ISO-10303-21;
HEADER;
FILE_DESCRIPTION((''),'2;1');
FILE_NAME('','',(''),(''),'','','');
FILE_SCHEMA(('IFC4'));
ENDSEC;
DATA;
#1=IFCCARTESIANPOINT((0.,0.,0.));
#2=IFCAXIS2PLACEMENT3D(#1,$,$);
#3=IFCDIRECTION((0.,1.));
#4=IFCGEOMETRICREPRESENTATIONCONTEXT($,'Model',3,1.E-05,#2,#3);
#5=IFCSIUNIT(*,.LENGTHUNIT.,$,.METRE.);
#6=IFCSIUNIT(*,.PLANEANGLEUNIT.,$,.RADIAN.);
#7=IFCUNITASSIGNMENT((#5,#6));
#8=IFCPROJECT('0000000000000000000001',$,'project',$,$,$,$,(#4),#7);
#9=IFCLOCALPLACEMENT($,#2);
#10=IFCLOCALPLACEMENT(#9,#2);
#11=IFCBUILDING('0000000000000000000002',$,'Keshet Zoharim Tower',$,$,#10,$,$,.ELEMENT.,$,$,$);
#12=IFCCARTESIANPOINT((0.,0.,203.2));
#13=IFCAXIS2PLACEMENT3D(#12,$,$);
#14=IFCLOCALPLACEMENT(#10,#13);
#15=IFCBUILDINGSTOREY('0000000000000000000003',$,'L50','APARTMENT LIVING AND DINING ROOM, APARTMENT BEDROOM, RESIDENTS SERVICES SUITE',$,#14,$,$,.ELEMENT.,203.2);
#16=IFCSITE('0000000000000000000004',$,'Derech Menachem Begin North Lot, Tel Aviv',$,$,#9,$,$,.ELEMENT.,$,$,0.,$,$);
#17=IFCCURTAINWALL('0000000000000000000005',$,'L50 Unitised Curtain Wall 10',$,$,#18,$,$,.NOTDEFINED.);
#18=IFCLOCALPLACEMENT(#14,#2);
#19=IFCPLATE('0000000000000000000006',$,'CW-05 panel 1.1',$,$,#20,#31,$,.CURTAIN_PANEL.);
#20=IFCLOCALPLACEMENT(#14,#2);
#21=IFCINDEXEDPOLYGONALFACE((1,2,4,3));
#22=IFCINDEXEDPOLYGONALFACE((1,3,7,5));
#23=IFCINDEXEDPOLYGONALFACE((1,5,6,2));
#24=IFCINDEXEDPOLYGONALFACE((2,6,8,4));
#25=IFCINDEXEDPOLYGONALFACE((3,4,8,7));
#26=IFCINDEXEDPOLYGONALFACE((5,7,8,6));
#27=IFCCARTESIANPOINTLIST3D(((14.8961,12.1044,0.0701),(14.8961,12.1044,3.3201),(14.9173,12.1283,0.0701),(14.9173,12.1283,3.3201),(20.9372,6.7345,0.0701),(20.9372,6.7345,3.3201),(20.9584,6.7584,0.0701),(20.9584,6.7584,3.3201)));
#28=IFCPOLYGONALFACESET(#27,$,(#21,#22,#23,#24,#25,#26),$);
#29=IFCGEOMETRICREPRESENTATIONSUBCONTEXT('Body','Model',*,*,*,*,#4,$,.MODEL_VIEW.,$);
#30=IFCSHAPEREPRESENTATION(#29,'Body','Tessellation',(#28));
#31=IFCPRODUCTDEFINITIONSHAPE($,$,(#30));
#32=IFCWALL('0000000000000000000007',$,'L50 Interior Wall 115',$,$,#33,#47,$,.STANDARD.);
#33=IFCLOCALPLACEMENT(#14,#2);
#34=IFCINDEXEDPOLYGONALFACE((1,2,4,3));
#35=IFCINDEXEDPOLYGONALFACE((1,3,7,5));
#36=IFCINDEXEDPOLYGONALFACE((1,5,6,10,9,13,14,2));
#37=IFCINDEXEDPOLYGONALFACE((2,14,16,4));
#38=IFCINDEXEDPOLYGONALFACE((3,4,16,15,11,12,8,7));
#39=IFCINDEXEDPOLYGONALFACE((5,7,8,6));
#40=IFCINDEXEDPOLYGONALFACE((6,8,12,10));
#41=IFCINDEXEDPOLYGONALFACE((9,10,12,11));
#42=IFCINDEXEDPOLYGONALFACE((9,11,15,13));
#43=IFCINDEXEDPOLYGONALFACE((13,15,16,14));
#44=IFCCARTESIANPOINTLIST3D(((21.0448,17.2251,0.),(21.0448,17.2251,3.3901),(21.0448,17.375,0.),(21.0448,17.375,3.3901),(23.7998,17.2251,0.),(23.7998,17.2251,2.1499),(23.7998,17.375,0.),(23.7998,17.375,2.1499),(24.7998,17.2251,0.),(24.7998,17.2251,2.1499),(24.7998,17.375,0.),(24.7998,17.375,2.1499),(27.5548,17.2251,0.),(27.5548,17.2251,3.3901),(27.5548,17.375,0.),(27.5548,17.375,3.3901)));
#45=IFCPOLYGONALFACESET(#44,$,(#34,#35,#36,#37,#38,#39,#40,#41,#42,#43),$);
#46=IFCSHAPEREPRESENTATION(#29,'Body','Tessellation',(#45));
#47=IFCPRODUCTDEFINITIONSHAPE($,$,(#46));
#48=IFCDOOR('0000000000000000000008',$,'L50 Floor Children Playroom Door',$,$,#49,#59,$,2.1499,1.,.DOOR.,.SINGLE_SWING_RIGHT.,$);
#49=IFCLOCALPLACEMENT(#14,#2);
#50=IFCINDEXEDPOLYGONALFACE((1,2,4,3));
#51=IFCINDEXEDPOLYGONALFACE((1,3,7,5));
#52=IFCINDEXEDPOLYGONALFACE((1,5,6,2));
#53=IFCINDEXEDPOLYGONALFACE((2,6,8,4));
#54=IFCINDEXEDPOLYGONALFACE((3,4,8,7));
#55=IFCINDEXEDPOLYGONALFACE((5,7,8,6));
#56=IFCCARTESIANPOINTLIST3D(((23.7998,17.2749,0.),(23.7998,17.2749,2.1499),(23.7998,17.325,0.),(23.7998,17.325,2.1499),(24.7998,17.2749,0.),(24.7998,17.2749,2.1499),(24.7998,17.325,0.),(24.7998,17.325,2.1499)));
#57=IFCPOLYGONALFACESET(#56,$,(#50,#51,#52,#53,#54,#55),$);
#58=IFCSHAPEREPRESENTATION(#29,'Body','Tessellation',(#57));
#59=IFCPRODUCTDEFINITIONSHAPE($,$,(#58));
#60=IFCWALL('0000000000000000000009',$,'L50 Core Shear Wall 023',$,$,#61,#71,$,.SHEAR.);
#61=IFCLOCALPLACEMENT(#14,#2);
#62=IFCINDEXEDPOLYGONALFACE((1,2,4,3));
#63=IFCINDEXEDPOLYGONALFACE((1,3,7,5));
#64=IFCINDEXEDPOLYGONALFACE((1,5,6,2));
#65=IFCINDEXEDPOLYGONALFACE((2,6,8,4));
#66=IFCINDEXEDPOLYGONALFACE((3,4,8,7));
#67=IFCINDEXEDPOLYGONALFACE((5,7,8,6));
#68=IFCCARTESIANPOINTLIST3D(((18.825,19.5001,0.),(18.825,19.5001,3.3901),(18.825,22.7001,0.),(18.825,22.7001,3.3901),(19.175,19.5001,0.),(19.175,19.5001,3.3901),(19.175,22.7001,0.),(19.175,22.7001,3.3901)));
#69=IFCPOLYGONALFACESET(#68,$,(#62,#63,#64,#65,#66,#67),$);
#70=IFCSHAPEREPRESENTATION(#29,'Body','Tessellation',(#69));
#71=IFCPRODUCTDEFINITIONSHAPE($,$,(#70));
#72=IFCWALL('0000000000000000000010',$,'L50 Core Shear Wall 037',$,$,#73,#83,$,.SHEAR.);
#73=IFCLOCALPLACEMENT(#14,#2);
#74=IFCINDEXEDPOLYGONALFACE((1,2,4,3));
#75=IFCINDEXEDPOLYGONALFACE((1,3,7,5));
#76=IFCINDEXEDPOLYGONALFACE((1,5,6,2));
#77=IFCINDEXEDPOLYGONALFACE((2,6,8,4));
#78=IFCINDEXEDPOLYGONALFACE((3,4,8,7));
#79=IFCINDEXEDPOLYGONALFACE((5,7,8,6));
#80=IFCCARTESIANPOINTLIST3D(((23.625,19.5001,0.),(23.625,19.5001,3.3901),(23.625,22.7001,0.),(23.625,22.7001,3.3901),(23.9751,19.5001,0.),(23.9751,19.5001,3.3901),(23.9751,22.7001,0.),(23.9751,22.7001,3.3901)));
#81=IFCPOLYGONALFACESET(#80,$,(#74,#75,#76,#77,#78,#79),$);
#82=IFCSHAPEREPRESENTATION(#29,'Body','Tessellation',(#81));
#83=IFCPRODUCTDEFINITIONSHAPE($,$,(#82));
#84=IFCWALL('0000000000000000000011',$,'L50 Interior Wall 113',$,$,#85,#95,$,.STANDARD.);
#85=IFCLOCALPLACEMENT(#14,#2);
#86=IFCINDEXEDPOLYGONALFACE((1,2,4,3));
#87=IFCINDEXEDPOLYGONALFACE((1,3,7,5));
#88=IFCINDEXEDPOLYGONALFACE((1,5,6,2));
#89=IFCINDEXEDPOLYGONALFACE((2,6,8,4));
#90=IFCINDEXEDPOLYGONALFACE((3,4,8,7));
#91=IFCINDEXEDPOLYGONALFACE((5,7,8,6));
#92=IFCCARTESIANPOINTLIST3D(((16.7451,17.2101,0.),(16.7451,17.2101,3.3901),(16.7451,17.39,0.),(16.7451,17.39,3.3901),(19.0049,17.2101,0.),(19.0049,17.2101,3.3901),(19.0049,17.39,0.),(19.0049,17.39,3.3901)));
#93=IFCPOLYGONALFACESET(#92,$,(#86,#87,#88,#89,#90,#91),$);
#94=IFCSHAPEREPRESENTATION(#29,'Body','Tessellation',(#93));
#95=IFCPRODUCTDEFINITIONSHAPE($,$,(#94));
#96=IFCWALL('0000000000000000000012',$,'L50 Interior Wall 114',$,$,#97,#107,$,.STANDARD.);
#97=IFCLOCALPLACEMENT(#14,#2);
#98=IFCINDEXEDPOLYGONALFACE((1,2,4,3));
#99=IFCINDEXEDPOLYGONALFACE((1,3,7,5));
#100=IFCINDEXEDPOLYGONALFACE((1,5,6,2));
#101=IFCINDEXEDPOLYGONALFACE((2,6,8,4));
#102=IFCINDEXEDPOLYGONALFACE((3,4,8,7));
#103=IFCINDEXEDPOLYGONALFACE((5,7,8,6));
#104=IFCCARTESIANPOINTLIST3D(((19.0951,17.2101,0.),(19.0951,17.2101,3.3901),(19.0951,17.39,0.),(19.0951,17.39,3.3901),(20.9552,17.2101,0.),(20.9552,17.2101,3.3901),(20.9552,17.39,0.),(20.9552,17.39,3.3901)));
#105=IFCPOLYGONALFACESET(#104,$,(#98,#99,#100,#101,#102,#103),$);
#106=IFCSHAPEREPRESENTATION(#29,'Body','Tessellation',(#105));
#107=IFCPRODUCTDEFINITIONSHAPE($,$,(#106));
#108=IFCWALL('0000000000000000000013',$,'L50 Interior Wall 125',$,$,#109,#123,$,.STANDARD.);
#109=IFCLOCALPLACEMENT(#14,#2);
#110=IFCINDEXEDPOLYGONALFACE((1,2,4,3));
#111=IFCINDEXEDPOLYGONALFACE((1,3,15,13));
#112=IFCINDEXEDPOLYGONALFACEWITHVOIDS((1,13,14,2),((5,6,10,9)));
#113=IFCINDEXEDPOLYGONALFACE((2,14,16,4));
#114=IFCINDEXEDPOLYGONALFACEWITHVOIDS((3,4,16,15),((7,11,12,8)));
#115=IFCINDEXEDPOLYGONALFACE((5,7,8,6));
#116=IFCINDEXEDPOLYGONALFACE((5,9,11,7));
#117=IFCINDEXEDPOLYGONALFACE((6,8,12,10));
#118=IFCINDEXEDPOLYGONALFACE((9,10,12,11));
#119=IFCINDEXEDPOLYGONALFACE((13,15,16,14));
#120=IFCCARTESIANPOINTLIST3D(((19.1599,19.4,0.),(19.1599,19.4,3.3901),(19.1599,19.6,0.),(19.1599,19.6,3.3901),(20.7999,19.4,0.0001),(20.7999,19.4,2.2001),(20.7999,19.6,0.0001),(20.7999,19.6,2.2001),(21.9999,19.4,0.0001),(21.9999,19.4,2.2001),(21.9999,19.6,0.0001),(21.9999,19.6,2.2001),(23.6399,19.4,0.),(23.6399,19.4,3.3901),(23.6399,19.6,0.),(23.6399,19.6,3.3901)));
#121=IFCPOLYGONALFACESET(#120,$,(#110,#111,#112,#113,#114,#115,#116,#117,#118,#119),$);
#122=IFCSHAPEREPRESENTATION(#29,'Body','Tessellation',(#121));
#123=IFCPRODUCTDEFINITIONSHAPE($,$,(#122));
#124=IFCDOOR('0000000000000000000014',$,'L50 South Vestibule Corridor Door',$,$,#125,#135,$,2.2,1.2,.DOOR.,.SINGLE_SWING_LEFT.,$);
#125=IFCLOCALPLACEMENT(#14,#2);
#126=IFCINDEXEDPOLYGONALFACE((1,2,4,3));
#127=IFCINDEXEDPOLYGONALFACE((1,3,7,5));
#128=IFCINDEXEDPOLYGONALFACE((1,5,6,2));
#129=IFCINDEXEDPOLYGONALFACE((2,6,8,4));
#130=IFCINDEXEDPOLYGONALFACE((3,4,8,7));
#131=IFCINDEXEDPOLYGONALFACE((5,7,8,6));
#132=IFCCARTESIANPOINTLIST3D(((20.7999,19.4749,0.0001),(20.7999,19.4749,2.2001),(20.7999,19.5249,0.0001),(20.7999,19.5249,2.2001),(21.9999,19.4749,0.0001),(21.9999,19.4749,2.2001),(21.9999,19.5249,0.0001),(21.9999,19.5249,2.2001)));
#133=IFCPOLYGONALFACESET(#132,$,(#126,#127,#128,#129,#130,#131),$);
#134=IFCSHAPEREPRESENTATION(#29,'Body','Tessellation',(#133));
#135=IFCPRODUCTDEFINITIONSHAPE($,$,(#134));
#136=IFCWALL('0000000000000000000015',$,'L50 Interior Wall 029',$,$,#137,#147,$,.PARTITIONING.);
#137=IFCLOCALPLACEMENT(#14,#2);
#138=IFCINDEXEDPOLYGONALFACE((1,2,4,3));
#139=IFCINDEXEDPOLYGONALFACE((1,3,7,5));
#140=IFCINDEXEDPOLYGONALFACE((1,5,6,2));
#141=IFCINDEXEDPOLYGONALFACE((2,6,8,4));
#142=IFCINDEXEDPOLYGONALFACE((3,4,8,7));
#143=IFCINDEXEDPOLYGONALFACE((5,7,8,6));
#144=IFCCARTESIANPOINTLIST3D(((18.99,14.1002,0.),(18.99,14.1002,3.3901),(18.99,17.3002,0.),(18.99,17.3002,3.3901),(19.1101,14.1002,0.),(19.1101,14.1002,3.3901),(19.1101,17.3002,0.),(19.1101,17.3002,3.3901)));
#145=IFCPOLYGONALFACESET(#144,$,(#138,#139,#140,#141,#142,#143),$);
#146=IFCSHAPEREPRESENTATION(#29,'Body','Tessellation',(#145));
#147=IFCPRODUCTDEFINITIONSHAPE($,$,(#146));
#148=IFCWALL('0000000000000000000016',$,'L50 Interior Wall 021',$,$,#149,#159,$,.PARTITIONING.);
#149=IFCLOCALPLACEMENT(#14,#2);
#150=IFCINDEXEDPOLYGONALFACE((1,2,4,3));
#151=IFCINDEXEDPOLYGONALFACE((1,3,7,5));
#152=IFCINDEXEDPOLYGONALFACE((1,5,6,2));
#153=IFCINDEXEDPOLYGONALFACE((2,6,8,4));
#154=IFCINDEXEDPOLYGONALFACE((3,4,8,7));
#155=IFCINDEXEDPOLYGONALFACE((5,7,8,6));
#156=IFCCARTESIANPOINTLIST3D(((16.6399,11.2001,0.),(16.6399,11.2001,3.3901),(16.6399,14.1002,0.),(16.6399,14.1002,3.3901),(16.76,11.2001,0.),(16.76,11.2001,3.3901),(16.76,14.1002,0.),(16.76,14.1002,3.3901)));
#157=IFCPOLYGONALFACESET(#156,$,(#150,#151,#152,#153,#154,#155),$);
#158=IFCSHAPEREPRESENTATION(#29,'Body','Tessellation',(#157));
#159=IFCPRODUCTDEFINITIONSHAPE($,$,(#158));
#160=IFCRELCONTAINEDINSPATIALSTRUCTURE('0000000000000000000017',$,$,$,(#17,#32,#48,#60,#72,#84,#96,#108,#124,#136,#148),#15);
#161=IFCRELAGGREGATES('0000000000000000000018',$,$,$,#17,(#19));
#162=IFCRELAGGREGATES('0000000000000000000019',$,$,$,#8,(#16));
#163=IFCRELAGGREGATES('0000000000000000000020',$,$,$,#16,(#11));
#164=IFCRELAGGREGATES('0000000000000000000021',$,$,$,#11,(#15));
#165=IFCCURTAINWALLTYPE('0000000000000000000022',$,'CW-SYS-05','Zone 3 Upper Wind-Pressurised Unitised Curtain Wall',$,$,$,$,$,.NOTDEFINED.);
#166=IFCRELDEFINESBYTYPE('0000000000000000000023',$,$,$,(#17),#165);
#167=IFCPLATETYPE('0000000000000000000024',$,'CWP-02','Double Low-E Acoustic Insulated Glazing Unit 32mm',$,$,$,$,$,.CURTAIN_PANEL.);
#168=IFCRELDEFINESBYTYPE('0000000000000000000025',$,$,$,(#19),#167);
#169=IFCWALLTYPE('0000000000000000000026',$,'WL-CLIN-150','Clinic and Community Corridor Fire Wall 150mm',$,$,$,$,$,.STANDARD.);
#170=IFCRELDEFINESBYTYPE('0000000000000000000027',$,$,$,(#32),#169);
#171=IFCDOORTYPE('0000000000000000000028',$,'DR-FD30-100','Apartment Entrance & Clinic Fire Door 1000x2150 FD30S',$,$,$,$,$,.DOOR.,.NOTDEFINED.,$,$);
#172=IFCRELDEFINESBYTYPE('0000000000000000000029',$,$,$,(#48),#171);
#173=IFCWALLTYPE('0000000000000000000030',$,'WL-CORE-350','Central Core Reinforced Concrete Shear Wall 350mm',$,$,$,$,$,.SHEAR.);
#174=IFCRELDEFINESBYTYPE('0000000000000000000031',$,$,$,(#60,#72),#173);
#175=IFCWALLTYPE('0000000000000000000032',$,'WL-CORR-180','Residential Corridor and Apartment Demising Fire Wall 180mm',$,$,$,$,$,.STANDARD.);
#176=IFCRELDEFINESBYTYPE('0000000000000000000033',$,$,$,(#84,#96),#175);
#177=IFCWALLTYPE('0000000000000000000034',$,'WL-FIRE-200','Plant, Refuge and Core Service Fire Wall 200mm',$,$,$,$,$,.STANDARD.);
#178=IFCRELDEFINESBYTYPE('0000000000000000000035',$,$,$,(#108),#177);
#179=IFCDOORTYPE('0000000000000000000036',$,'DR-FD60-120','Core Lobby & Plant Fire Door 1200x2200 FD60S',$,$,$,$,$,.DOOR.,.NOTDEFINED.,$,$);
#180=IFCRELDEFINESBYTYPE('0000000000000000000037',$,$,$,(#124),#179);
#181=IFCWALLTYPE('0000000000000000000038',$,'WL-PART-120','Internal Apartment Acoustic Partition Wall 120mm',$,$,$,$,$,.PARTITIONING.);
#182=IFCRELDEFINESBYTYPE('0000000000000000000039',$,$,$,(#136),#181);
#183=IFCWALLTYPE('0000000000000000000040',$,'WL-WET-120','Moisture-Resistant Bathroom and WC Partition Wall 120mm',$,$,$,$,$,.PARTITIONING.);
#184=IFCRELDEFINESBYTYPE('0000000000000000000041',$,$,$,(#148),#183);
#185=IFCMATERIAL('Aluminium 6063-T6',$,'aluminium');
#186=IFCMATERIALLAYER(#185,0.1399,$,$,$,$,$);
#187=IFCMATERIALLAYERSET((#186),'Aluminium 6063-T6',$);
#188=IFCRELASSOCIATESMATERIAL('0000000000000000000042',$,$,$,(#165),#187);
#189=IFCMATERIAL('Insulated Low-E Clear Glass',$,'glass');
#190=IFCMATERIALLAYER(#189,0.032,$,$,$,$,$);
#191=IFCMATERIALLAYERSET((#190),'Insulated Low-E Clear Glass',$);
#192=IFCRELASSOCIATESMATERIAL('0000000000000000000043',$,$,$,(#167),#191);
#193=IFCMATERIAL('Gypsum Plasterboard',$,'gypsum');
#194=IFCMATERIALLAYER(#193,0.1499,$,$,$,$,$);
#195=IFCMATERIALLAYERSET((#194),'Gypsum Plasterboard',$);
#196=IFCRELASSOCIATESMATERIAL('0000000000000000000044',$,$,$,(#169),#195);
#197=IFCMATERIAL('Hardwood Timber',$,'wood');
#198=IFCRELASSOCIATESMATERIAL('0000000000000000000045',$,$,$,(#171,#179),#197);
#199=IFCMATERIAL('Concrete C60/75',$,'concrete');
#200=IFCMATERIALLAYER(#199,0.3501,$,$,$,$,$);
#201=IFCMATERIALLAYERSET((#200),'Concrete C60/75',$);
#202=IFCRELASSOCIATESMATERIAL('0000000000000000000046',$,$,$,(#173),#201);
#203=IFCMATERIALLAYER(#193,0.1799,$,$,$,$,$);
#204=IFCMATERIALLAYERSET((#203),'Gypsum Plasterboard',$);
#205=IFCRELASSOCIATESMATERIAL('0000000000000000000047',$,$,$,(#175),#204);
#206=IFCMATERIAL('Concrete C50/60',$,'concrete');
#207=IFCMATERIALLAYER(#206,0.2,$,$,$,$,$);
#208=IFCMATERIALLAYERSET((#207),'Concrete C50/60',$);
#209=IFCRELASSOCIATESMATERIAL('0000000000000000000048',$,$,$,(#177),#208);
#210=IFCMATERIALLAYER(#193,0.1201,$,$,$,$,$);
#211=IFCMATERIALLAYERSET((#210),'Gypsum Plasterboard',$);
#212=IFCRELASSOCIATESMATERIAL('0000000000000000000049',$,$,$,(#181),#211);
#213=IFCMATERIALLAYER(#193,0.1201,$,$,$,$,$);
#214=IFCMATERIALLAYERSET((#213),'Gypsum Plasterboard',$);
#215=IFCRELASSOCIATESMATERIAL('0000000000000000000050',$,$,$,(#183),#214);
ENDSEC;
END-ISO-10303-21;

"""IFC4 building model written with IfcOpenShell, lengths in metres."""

from ifc_helpers import new_model, si_unit, direction, frame, frame_2d, origin, origin_2d, place, context, subcontext, project, spatial, rectangle, extrude, material, layer, layer_set, type_object, element, fill, aggregate, save


model = new_model("IFC4")

# Units and contexts
model_context = context("Model", 3, precision=1e-05, world=origin(), true_north=direction((0.0, 1.0)))
body_context = subcontext(model_context, "Body", "Model", "MODEL_VIEW")
ifc_project = project(units=[si_unit("LENGTHUNIT", "METRE"), si_unit("PLANEANGLEUNIT", "RADIAN")], contexts=[model_context])

# Site, building, storey
site_placement = place(None, origin())
site = spatial("IfcSite", under=ifc_project, at=site_placement, Name="Derech Menachem Begin North Lot, Tel Aviv", CompositionType="ELEMENT", RefElevation=0.0)
building_placement = place(site_placement, origin())
building = spatial("IfcBuilding", under=site, at=building_placement, Name="Keshet Zoharim Tower", CompositionType="ELEMENT")
storey_placement = place(building_placement, frame((0.0, 0.0, 203.2)))
storey = spatial("IfcBuildingStorey", under=building, at=storey_placement, Name="L50", Description="APARTMENT LIVING AND DINING ROOM, APARTMENT BEDROOM, RESIDENTS SERVICES SUITE", CompositionType="ELEMENT", Elevation=203.2)

# Curtain wall, plate
ifc_material_1 = material(Name="Aluminium 6063-T6", Category="aluminium")
ifc_layer_1 = layer(ifc_material_1, 0.1399)
ifc_layer_set_1 = layer_set([ifc_layer_1], Name="Aluminium 6063-T6")
curtain_wall_type = type_object("IfcCurtainWallType", Name="CW-SYS-05", Description="Zone 3 Upper Wind-Pressurised Unitised Curtain Wall", PredefinedType="NOTDEFINED", material=ifc_layer_set_1)
curtain_wall_placement = place(storey_placement, origin())
curtain_wall = element("IfcCurtainWall", 1, at=curtain_wall_placement, inside=storey, type_object=curtain_wall_type, Name="L50 Unitised Curtain Wall 10", PredefinedType="NOTDEFINED")
ifc_material_2 = material(Name="Insulated Low-E Clear Glass", Category="glass")
ifc_layer_2 = layer(ifc_material_2, 0.032)
ifc_layer_set_2 = layer_set([ifc_layer_2], Name="Insulated Low-E Clear Glass")
plate_type = type_object("IfcPlateType", Name="CWP-02", Description="Double Low-E Acoustic Insulated Glazing Unit 32mm", PredefinedType="CURTAIN_PANEL", material=ifc_layer_set_2)
plate_placement = place(storey_placement, frame((17.9272, 9.4314, 0.0701), z_axis=(0.0, 0.0, 1.0), x_axis=(-0.747406, 0.664368, 0.0)))
plate = element("IfcPlate", 2, at=plate_placement, type_object=plate_type, Name="CW-05 panel 1.1", PredefinedType="CURTAIN_PANEL", context=body_context, shape_type="SweptSolid", body=[
    extrude(rectangle(XDim=8.0828, YDim=0.032, at=origin_2d()), origin(), (0.0, 0.0, 1.0), 3.25),
])
aggregate(curtain_wall, [plate])

# Wall, opening, door
ifc_material_3 = material(Name="Gypsum Plasterboard", Category="gypsum")
ifc_layer_3 = layer(ifc_material_3, 0.1499)
ifc_layer_set_3 = layer_set([ifc_layer_3], Name="Gypsum Plasterboard")
wall_type_1 = type_object("IfcWallType", Name="WL-CLIN-150", Description="Clinic and Community Corridor Fire Wall 150mm", PredefinedType="STANDARD", material=ifc_layer_set_3)
wall_1_placement = place(storey_placement, frame((21.0449, 17.3, 0.0), z_axis=(0.0, 0.0, 1.0), x_axis=(1.0, 0.0, 0.0)))
wall_1 = element("IfcWall", 3, at=wall_1_placement, inside=storey, type_object=wall_type_1, Name="L50 Interior Wall 115", PredefinedType="STANDARD", context=body_context, shape_type="SweptSolid", body=[
    extrude(rectangle(XDim=6.51, YDim=0.1499, at=frame_2d((3.2549, 0.0))), origin(), (0.0, 0.0, 1.0), 3.3901),
])
opening_1_placement = place(wall_1_placement, frame((2.7549, 0.0, 0.0)))
opening_1 = element("IfcOpeningElement", 4, at=opening_1_placement, cuts=wall_1, PredefinedType="OPENING", context=body_context, shape_type="SweptSolid", body=[
    extrude(rectangle(XDim=1.0, YDim=2.1499, at=frame_2d((0.5, 1.075))), frame((0.0, 0.085, 0.0), z_axis=(0.0, -1.0, 0.0), x_axis=(1.0, 0.0, 0.0)), (0.0, 0.0, 1.0), 0.1699),
])
ifc_material_4 = material(Name="Hardwood Timber", Category="wood")
door_type_1 = type_object("IfcDoorType", Name="DR-FD30-100", Description="Apartment Entrance & Clinic Fire Door 1000x2150 FD30S", OperationType="NOTDEFINED", PredefinedType="DOOR", material=ifc_material_4)
door_1_placement = place(opening_1_placement, origin())
door_1 = element("IfcDoor", 5, at=door_1_placement, inside=storey, type_object=door_type_1, Name="L50 Floor Children Playroom Door", OperationType="SINGLE_SWING_RIGHT", OverallHeight=2.1499, OverallWidth=1.0, PredefinedType="DOOR", context=body_context, shape_type="SweptSolid", body=[
    extrude(rectangle(XDim=1.0, YDim=2.1499, at=frame_2d((0.5, 1.075))), frame((0.0, 0.0249, 0.0), z_axis=(0.0, -1.0, 0.0), x_axis=(1.0, 0.0, 0.0)), (0.0, 0.0, 1.0), 0.05),
])
fill(opening_1, door_1)

# Walls
ifc_material_5 = material(Name="Concrete C60/75", Category="concrete")
ifc_layer_4 = layer(ifc_material_5, 0.3501)
ifc_layer_set_4 = layer_set([ifc_layer_4], Name="Concrete C60/75")
wall_type_2 = type_object("IfcWallType", Name="WL-CORE-350", Description="Central Core Reinforced Concrete Shear Wall 350mm", PredefinedType="SHEAR", material=ifc_layer_set_4)
for number, where, z_axis, x_axis, name in (
    (6, (19.0, 19.5, 0.0), (0.0, 0.0, 1.0), (0.0, 1.0, 0.0), "L50 Core Shear Wall 023"),
    (7, (23.8, 19.5, 0.0), (0.0, 0.0, 1.0), (0.0, 1.0, 0.0), "L50 Core Shear Wall 037"),
):
    element("IfcWall", number, at=place(storey_placement, frame(where, z_axis=z_axis, x_axis=x_axis)), inside=storey, type_object=wall_type_2, Name=name, PredefinedType="SHEAR", context=body_context, shape_type="SweptSolid", body=[
        extrude(rectangle(XDim=3.2, YDim=0.3501, at=frame_2d((1.6001, 0.0))), origin(), (0.0, 0.0, 1.0), 3.3901),
    ])
ifc_layer_5 = layer(ifc_material_3, 0.1799)
ifc_layer_set_5 = layer_set([ifc_layer_5], Name="Gypsum Plasterboard")
wall_type_3 = type_object("IfcWallType", Name="WL-CORR-180", Description="Residential Corridor and Apartment Demising Fire Wall 180mm", PredefinedType="STANDARD", material=ifc_layer_set_5)
wall_2_placement = place(storey_placement, frame((16.7451, 17.3, 0.0), z_axis=(0.0, 0.0, 1.0), x_axis=(1.0, 0.0, 0.0)))
element("IfcWall", 8, at=wall_2_placement, inside=storey, type_object=wall_type_3, Name="L50 Interior Wall 113", PredefinedType="STANDARD", context=body_context, shape_type="SweptSolid", body=[
    extrude(rectangle(XDim=2.2598, YDim=0.1799, at=frame_2d((1.1299, 0.0))), origin(), (0.0, 0.0, 1.0), 3.3901),
])
wall_3_placement = place(storey_placement, frame((19.095, 17.3, 0.0), z_axis=(0.0, 0.0, 1.0), x_axis=(1.0, 0.0, 0.0)))
element("IfcWall", 9, at=wall_3_placement, inside=storey, type_object=wall_type_3, Name="L50 Interior Wall 114", PredefinedType="STANDARD", context=body_context, shape_type="SweptSolid", body=[
    extrude(rectangle(XDim=1.8601, YDim=0.1799, at=frame_2d((0.9302, 0.0))), origin(), (0.0, 0.0, 1.0), 3.3901),
])

# Wall, opening, door
ifc_material_6 = material(Name="Concrete C50/60", Category="concrete")
ifc_layer_6 = layer(ifc_material_6, 0.2)
ifc_layer_set_6 = layer_set([ifc_layer_6], Name="Concrete C50/60")
wall_type_4 = type_object("IfcWallType", Name="WL-FIRE-200", Description="Plant, Refuge and Core Service Fire Wall 200mm", PredefinedType="STANDARD", material=ifc_layer_set_6)
wall_4_placement = place(storey_placement, frame((19.1599, 19.5, 0.0), z_axis=(0.0, 0.0, 1.0), x_axis=(1.0, 0.0, 0.0)))
wall_4 = element("IfcWall", 10, at=wall_4_placement, inside=storey, type_object=wall_type_4, Name="L50 Interior Wall 125", PredefinedType="STANDARD", context=body_context, shape_type="SweptSolid", body=[
    extrude(rectangle(XDim=4.48, YDim=0.2, at=frame_2d((2.24, 0.0))), origin(), (0.0, 0.0, 1.0), 3.3901),
])
opening_2_placement = place(wall_4_placement, frame((1.6399, 0.0, 0.0)))
opening_2 = element("IfcOpeningElement", 11, at=opening_2_placement, cuts=wall_4, PredefinedType="OPENING", context=body_context, shape_type="SweptSolid", body=[
    extrude(rectangle(XDim=1.2, YDim=2.2, at=frame_2d((0.6001, 1.1001))), frame((0.0, 0.1099, 0.0), z_axis=(0.0, -1.0, 0.0), x_axis=(1.0, 0.0, 0.0)), (0.0, 0.0, 1.0), 0.22),
])
door_type_2 = type_object("IfcDoorType", Name="DR-FD60-120", Description="Core Lobby & Plant Fire Door 1200x2200 FD60S", OperationType="NOTDEFINED", PredefinedType="DOOR", material=ifc_material_4)
door_2_placement = place(opening_2_placement, origin())
door_2 = element("IfcDoor", 12, at=door_2_placement, inside=storey, type_object=door_type_2, Name="L50 South Vestibule Corridor Door", OperationType="SINGLE_SWING_LEFT", OverallHeight=2.2, OverallWidth=1.2, PredefinedType="DOOR", context=body_context, shape_type="SweptSolid", body=[
    extrude(rectangle(XDim=1.2, YDim=2.2, at=frame_2d((0.6001, 1.1001))), frame((0.0, 0.0249, 0.0), z_axis=(0.0, -1.0, 0.0), x_axis=(1.0, 0.0, 0.0)), (0.0, 0.0, 1.0), 0.05),
])
fill(opening_2, door_2)
ifc_layer_7 = layer(ifc_material_3, 0.1201)
ifc_layer_set_7 = layer_set([ifc_layer_7], Name="Gypsum Plasterboard")
wall_type_5 = type_object("IfcWallType", Name="WL-PART-120", Description="Internal Apartment Acoustic Partition Wall 120mm", PredefinedType="PARTITIONING", material=ifc_layer_set_7)

# Walls
wall_5_placement = place(storey_placement, frame((19.05, 14.1001, 0.0), z_axis=(0.0, 0.0, 1.0), x_axis=(0.0, 1.0, 0.0)))
element("IfcWall", 13, at=wall_5_placement, inside=storey, type_object=wall_type_5, Name="L50 Interior Wall 029", PredefinedType="PARTITIONING", context=body_context, shape_type="SweptSolid", body=[
    extrude(rectangle(XDim=3.2, YDim=0.1201, at=frame_2d((1.6001, 0.0))), origin(), (0.0, 0.0, 1.0), 3.3901),
])
ifc_layer_8 = layer(ifc_material_3, 0.1201)
ifc_layer_set_8 = layer_set([ifc_layer_8], Name="Gypsum Plasterboard")
wall_type_6 = type_object("IfcWallType", Name="WL-WET-120", Description="Moisture-Resistant Bathroom and WC Partition Wall 120mm", PredefinedType="PARTITIONING", material=ifc_layer_set_8)
wall_6_placement = place(storey_placement, frame((16.7, 11.2, 0.0), z_axis=(0.0, 0.0, 1.0), x_axis=(0.0, 1.0, 0.0)))
element("IfcWall", 14, at=wall_6_placement, inside=storey, type_object=wall_type_6, Name="L50 Interior Wall 021", PredefinedType="PARTITIONING", context=body_context, shape_type="SweptSolid", body=[
    extrude(rectangle(XDim=2.9001, YDim=0.1201, at=frame_2d((1.4502, 0.0))), origin(), (0.0, 0.0, 1.0), 3.3901),
])

save(model, "model.ifc")
